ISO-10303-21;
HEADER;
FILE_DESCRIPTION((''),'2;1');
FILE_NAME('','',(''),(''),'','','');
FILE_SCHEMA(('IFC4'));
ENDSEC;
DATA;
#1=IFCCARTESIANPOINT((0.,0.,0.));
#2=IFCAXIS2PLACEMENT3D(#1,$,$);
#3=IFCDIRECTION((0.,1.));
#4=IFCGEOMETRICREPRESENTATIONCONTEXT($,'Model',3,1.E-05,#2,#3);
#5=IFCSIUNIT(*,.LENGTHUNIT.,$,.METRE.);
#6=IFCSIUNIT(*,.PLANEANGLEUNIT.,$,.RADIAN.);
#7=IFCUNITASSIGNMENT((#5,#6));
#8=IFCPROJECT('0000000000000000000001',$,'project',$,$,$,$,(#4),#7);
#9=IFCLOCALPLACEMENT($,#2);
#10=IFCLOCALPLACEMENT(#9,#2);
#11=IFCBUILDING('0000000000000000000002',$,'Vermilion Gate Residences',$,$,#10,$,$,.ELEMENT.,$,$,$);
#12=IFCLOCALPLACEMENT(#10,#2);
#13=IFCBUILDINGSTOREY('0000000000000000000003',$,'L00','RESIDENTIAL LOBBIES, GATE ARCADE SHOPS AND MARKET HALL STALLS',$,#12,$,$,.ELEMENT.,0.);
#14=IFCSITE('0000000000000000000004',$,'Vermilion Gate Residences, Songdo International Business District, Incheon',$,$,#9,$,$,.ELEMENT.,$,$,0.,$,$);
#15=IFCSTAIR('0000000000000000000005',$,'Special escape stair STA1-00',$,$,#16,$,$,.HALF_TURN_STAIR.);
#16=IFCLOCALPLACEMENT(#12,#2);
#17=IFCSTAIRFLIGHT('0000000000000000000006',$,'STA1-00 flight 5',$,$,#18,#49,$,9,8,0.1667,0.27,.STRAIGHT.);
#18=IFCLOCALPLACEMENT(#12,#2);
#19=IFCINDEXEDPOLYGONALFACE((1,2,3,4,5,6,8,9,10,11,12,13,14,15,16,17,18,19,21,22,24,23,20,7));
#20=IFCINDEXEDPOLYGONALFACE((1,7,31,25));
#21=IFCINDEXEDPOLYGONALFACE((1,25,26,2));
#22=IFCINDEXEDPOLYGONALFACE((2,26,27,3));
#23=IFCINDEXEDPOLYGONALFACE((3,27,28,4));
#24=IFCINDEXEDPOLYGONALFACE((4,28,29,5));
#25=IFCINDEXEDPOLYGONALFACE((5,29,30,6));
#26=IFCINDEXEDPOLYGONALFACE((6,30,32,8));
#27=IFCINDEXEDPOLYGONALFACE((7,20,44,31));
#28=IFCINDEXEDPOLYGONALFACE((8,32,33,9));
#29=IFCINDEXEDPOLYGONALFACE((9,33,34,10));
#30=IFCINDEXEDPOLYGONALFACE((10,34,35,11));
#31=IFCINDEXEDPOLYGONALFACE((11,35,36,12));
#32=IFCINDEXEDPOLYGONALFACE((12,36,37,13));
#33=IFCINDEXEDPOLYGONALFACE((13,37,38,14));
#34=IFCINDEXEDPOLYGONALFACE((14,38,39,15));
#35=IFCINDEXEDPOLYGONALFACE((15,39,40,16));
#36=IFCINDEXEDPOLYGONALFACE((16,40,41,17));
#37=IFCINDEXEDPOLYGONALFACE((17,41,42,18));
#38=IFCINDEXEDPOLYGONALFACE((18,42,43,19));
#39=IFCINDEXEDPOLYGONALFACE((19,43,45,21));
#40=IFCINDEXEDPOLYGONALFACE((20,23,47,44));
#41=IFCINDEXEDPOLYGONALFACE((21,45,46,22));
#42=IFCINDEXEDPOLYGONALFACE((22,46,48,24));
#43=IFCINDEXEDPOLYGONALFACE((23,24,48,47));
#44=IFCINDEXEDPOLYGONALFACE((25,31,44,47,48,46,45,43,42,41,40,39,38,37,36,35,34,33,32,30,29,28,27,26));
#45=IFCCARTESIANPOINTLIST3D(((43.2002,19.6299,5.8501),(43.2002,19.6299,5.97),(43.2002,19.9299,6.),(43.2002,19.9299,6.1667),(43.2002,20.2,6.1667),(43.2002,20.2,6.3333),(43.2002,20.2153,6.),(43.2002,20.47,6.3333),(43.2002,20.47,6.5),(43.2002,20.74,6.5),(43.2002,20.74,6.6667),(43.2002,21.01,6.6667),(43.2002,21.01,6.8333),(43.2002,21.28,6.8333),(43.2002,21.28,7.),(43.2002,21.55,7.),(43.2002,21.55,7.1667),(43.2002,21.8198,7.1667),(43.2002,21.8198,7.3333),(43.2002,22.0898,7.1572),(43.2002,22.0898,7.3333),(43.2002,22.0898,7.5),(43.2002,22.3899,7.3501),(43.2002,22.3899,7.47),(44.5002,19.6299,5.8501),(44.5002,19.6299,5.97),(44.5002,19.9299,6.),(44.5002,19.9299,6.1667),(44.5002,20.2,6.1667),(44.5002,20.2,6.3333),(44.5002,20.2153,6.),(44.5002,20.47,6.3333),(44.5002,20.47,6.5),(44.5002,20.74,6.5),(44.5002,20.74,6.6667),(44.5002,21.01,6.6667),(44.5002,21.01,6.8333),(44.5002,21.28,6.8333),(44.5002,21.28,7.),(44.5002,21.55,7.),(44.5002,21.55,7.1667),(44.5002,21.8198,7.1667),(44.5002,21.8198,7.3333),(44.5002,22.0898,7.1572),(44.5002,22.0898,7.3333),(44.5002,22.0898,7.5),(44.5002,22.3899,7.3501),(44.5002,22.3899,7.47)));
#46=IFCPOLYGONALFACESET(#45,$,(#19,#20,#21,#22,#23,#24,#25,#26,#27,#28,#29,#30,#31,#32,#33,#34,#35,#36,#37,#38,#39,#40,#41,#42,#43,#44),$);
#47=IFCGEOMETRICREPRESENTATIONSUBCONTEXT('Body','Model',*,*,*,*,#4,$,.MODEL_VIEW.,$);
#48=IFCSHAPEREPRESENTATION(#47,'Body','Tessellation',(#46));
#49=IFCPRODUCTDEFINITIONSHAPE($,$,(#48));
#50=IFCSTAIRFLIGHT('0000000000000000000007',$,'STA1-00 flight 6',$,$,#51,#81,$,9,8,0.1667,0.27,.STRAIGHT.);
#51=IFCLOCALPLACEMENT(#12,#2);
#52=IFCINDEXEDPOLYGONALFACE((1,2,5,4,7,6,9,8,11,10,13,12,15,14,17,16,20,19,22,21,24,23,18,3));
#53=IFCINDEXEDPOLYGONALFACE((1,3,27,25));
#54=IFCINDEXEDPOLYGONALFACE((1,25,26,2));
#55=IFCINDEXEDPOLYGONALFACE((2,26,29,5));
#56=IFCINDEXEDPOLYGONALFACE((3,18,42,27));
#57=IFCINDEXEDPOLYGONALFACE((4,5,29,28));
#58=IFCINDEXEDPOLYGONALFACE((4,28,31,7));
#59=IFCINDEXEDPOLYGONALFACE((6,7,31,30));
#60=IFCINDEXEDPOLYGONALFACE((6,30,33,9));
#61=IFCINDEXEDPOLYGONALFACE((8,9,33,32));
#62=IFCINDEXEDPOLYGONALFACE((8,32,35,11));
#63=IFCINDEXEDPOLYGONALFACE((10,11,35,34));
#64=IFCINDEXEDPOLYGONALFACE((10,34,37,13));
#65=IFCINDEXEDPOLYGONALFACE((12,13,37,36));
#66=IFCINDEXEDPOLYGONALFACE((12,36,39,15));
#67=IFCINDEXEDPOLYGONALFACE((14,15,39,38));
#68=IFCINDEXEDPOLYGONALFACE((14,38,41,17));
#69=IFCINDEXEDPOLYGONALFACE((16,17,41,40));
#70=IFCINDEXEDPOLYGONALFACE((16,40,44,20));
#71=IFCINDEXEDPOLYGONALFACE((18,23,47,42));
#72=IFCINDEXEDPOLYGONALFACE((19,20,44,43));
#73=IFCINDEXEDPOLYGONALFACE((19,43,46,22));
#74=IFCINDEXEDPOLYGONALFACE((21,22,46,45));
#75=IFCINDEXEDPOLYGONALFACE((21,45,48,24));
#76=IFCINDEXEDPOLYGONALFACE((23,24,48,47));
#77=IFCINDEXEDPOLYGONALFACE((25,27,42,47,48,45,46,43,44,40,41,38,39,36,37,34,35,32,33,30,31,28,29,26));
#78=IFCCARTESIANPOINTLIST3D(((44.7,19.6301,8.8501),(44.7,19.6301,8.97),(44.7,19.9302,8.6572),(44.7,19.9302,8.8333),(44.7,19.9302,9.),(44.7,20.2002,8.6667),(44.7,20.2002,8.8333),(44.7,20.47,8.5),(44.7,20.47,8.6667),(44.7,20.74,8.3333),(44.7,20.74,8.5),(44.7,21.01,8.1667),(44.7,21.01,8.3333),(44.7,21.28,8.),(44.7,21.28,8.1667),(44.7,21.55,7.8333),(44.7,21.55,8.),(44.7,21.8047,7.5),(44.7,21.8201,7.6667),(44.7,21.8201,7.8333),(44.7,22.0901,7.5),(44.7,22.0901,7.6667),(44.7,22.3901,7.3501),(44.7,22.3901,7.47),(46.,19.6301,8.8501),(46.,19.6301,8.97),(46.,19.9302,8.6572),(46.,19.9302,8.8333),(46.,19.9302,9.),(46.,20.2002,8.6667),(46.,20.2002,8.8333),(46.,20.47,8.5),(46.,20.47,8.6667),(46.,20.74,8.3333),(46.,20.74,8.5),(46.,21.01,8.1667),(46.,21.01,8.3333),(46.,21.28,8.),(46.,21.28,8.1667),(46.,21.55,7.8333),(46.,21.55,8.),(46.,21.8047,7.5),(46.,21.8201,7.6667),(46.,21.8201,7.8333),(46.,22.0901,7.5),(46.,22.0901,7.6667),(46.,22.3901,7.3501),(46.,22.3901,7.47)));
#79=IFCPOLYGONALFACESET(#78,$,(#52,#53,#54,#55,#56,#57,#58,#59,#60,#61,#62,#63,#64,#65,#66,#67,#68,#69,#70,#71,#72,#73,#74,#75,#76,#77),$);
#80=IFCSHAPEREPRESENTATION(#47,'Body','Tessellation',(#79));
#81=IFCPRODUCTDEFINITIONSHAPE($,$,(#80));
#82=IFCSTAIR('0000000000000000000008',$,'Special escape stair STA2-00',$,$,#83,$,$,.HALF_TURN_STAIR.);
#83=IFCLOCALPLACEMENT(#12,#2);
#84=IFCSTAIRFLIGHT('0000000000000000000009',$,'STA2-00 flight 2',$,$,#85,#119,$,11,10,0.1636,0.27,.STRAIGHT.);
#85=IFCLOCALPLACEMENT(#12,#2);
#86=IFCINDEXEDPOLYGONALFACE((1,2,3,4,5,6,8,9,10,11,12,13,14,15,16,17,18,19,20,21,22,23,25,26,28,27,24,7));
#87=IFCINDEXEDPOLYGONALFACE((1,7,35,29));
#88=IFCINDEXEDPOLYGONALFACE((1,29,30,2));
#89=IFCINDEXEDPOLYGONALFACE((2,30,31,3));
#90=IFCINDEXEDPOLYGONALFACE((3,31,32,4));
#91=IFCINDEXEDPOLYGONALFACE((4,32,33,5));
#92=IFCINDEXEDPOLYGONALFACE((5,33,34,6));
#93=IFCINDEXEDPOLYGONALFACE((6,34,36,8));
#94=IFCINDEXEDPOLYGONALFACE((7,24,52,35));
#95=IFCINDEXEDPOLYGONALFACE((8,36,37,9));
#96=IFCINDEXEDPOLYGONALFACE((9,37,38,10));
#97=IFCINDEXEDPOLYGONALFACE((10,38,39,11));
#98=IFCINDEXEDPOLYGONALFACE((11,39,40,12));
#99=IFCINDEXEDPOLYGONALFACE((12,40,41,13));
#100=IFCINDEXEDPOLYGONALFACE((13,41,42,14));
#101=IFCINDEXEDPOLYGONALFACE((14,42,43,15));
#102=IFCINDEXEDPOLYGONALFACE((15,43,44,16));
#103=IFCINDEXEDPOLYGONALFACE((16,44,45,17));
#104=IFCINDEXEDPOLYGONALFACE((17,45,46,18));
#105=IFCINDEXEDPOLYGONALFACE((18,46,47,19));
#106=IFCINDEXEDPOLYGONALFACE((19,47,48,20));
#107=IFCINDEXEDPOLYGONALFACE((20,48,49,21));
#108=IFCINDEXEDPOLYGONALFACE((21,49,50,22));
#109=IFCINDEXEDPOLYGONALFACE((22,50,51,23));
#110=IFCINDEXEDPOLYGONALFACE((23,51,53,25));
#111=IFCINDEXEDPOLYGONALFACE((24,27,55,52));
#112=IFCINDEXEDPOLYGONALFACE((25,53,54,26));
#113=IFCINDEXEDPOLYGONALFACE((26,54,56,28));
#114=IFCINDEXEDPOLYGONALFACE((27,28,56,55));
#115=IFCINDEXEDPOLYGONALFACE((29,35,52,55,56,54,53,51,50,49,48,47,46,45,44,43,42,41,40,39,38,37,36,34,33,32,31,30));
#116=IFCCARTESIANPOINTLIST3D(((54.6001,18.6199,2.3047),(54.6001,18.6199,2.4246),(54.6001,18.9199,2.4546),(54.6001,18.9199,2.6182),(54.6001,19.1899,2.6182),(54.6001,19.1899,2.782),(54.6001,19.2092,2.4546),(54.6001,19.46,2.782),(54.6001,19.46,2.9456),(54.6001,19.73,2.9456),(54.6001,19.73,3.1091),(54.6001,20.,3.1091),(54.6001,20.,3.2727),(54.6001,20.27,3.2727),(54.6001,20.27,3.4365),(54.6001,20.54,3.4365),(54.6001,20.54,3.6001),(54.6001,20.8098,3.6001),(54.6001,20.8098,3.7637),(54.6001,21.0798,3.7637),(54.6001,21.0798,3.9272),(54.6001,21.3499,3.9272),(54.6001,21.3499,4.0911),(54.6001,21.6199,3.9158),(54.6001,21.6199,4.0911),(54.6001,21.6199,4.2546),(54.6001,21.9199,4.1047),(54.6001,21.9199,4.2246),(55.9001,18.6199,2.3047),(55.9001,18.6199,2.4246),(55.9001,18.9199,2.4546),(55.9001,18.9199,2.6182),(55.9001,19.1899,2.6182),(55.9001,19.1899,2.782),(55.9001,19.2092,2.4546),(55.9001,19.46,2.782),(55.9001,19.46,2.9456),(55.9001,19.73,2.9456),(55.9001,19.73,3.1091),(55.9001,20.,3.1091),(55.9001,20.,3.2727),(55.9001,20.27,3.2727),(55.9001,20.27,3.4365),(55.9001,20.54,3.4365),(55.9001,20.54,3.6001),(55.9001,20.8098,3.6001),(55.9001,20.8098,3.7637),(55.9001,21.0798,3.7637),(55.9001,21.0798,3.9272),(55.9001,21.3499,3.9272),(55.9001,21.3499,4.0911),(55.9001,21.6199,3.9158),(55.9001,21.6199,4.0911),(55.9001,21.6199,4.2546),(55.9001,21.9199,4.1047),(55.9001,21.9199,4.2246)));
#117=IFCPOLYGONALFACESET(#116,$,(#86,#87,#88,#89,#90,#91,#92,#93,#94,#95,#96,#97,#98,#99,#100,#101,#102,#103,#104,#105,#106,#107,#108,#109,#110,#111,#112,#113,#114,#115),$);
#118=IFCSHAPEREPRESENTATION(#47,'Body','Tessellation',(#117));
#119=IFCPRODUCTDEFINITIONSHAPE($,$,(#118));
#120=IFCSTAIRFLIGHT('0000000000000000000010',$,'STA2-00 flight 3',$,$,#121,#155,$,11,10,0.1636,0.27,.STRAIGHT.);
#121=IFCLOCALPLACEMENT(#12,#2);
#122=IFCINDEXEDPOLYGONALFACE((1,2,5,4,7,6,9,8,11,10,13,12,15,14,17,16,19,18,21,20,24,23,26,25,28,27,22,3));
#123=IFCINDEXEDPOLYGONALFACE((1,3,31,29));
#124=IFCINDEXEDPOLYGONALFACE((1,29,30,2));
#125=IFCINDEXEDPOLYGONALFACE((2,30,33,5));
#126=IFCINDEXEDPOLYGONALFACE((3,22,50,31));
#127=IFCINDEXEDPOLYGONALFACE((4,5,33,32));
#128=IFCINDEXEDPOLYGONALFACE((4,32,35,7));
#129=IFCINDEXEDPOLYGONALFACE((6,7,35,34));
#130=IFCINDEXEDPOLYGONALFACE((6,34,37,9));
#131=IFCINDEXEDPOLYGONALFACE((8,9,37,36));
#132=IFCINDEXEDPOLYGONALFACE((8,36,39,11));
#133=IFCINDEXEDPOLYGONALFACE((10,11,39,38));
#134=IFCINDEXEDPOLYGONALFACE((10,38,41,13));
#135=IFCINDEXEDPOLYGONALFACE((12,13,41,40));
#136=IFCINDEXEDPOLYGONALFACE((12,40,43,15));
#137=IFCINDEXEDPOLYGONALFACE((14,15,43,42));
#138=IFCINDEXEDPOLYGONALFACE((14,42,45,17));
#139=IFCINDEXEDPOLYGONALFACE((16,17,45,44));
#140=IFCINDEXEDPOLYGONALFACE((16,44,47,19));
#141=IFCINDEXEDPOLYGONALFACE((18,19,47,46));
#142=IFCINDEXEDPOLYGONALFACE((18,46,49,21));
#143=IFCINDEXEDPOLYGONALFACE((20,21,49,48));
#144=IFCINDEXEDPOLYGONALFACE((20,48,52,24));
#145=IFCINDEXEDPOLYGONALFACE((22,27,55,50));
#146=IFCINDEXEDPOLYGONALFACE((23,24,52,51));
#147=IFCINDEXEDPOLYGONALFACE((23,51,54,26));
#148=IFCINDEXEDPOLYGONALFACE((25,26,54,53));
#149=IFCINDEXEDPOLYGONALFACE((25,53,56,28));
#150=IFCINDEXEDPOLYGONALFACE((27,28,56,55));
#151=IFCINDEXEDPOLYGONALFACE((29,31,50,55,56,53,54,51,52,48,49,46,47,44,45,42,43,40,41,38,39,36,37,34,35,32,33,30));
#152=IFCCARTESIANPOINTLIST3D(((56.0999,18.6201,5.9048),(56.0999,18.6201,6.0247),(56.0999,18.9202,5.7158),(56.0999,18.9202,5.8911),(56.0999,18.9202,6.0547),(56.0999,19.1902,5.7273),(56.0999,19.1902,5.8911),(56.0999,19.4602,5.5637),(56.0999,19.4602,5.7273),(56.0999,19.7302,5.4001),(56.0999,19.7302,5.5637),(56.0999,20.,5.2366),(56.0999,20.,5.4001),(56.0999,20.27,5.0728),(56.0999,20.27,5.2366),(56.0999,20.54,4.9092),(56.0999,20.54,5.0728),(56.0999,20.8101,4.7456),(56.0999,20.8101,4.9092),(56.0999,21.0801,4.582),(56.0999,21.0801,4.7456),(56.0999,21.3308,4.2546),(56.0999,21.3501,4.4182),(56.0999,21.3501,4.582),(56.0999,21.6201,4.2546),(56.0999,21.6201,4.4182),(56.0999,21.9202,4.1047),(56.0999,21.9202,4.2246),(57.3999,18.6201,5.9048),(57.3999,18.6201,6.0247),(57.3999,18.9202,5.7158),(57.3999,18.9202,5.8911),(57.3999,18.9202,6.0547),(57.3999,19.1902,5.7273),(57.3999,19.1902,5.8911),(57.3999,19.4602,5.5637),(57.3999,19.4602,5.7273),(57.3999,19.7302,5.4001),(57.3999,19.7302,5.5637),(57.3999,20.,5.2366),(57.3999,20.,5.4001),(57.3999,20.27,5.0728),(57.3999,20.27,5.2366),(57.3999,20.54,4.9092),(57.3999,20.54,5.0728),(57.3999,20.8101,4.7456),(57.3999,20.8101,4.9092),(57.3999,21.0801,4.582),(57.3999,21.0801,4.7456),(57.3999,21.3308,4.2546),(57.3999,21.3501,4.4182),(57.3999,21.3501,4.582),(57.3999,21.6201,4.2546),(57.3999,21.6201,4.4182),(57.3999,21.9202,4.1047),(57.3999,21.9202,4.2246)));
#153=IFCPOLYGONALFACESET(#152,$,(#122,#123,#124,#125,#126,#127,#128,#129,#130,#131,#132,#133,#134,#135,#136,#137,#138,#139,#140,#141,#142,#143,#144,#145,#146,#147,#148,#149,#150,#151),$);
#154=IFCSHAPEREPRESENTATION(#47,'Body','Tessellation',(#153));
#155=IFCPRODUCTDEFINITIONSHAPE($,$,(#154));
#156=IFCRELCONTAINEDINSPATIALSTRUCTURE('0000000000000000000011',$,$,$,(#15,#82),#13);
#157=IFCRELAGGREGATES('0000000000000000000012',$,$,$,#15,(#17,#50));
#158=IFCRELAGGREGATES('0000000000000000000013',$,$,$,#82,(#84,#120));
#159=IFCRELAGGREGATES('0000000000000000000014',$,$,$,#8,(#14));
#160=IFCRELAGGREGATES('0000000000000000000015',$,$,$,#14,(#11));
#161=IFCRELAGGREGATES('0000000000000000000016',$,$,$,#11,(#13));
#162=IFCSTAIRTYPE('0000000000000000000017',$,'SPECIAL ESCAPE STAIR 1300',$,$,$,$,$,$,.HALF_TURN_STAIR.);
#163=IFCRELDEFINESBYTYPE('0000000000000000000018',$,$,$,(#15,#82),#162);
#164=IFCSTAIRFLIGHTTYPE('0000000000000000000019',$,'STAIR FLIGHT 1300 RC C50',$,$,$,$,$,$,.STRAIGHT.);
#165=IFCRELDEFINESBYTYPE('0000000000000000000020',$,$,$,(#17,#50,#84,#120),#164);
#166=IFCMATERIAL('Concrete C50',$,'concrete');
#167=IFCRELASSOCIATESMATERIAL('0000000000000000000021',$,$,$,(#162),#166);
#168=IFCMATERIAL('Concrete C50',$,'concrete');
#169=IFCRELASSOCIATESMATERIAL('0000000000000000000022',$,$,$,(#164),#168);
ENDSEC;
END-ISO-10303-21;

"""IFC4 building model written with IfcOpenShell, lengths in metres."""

from ifc_helpers import new_model, si_unit, direction, frame, origin, place, context, subcontext, project, spatial, polyline, outline, extrude, material, type_object, element, aggregate, save


model = new_model("IFC4")

# Units and contexts
model_context = context("Model", 3, precision=1e-05, world=origin(), true_north=direction((0.0, 1.0)))
body_context = subcontext(model_context, "Body", "Model", "MODEL_VIEW")
ifc_project = project(units=[si_unit("LENGTHUNIT", "METRE"), si_unit("PLANEANGLEUNIT", "RADIAN")], contexts=[model_context])

# Site, building, storey
site_placement = place(None, origin())
site = spatial("IfcSite", under=ifc_project, at=site_placement, Name="Vermilion Gate Residences, Songdo International Business District, Incheon", CompositionType="ELEMENT", RefElevation=0.0)
building_placement = place(site_placement, origin())
building = spatial("IfcBuilding", under=site, at=building_placement, Name="Vermilion Gate Residences", CompositionType="ELEMENT")
storey_placement = place(building_placement, origin())
storey = spatial("IfcBuildingStorey", under=building, at=storey_placement, Name="L00", Description="RESIDENTIAL LOBBIES, GATE ARCADE SHOPS AND MARKET HALL STALLS", CompositionType="ELEMENT", Elevation=0.0)

# Stairs, stair flights
ifc_material_1 = material(Name="Concrete C50", Category="concrete")
stair_type = type_object("IfcStairType", Name="SPECIAL ESCAPE STAIR 1300", PredefinedType="HALF_TURN_STAIR", material=ifc_material_1)
stair_1_placement = place(storey_placement, origin())
stair_1 = element("IfcStair", 1, at=stair_1_placement, inside=storey, type_object=stair_type, Name="Special escape stair STA1-00", PredefinedType="HALF_TURN_STAIR")
ifc_material_2 = material(Name="Concrete C50", Category="concrete")
stair_flight_type = type_object("IfcStairFlightType", Name="STAIR FLIGHT 1300 RC C50", PredefinedType="STRAIGHT", material=ifc_material_2)
stair_flight_1_placement = place(storey_placement, frame((43.8501, 19.9299, 6.0), z_axis=(0.0, 0.0, 1.0), x_axis=(0.0, 1.0, 0.0)))
stair_flight_1 = element("IfcStairFlight", 2, at=stair_flight_1_placement, type_object=stair_flight_type, Name="STA1-00 flight 5", NumberOfRisers=9, NumberOfTreads=8, PredefinedType="STRAIGHT", RiserHeight=0.1667, TreadLength=0.27, context=body_context, shape_type="SweptSolid", body=[
    extrude(outline(polyline([(-0.3, -0.1499), (-0.3, -0.03), (0.0, 0.0), (0.0, 0.1667), (0.27, 0.1667), (0.27, 0.3333), (0.54, 0.3333), (0.54, 0.5), (0.8101, 0.5), (0.8101, 0.6667), (1.0801, 0.6667), (1.0801, 0.8333), (1.3501, 0.8333), (1.3501, 1.0), (1.6201, 1.0), (1.6201, 1.1667), (1.8899, 1.1667), (1.8899, 1.3333), (2.1599, 1.3333), (2.1599, 1.5), (2.46, 1.47), (2.46, 1.3501), (2.1599, 1.1572), (0.2854, 0.0), (-0.3, -0.1499)])), frame((0.0, 0.6499, 0.0), z_axis=(0.0, -1.0, 0.0), x_axis=(1.0, 0.0, 0.0)), (0.0, 0.0, 1.0), 1.3),
])
stair_flight_2_placement = place(storey_placement, frame((45.3501, 22.0901, 7.5), z_axis=(0.0, 0.0, 1.0), x_axis=(0.0, -1.0, 0.0)))
stair_flight_2 = element("IfcStairFlight", 3, at=stair_flight_2_placement, type_object=stair_flight_type, Name="STA1-00 flight 6", NumberOfRisers=9, NumberOfTreads=8, PredefinedType="STRAIGHT", RiserHeight=0.1667, TreadLength=0.27, context=body_context, shape_type="SweptSolid", body=[
    extrude(outline(polyline([(-0.3, -0.1499), (-0.3, -0.03), (0.0, 0.0), (0.0, 0.1667), (0.27, 0.1667), (0.27, 0.3333), (0.54, 0.3333), (0.54, 0.5), (0.8101, 0.5), (0.8101, 0.6667), (1.0801, 0.6667), (1.0801, 0.8333), (1.3501, 0.8333), (1.3501, 1.0), (1.6201, 1.0), (1.6201, 1.1667), (1.8899, 1.1667), (1.8899, 1.3333), (2.1599, 1.3333), (2.1599, 1.5), (2.46, 1.47), (2.46, 1.3501), (2.1599, 1.1572), (0.2854, 0.0), (-0.3, -0.1499)])), frame((0.0, 0.6499, 0.0), z_axis=(0.0, -1.0, 0.0), x_axis=(1.0, 0.0, 0.0)), (0.0, 0.0, 1.0), 1.3),
])
aggregate(stair_1, [stair_flight_1, stair_flight_2])
stair_2_placement = place(storey_placement, origin())
stair_2 = element("IfcStair", 4, at=stair_2_placement, inside=storey, type_object=stair_type, Name="Special escape stair STA2-00", PredefinedType="HALF_TURN_STAIR")
stair_flight_3_placement = place(storey_placement, frame((55.25, 18.9199, 2.4546), z_axis=(0.0, 0.0, 1.0), x_axis=(0.0, 1.0, 0.0)))
stair_flight_3 = element("IfcStairFlight", 5, at=stair_flight_3_placement, type_object=stair_flight_type, Name="STA2-00 flight 2", NumberOfRisers=11, NumberOfTreads=10, PredefinedType="STRAIGHT", RiserHeight=0.1636, TreadLength=0.27, context=body_context, shape_type="SweptSolid", body=[
    extrude(outline(polyline([(-0.3, -0.1499), (-0.3, -0.03), (0.0, 0.0), (0.0, 0.1636), (0.27, 0.1636), (0.27, 0.3274), (0.54, 0.3274), (0.54, 0.491), (0.8101, 0.491), (0.8101, 0.6545), (1.0801, 0.6545), (1.0801, 0.8181), (1.3501, 0.8181), (1.3501, 0.9819), (1.6201, 0.9819), (1.6201, 1.1455), (1.8899, 1.1455), (1.8899, 1.3091), (2.1599, 1.3091), (2.1599, 1.4727), (2.4299, 1.4727), (2.4299, 1.6365), (2.7, 1.6365), (2.7, 1.8), (3.0, 1.77), (3.0, 1.6501), (2.7, 1.4612), (0.2893, 0.0), (-0.3, -0.1499)])), frame((0.0, 0.6499, 0.0), z_axis=(0.0, -1.0, 0.0), x_axis=(1.0, 0.0, 0.0)), (0.0, 0.0, 1.0), 1.3),
])
stair_flight_4_placement = place(storey_placement, frame((56.75, 21.6201, 4.2546), z_axis=(0.0, 0.0, 1.0), x_axis=(0.0, -1.0, 0.0)))
stair_flight_4 = element("IfcStairFlight", 6, at=stair_flight_4_placement, type_object=stair_flight_type, Name="STA2-00 flight 3", NumberOfRisers=11, NumberOfTreads=10, PredefinedType="STRAIGHT", RiserHeight=0.1636, TreadLength=0.27, context=body_context, shape_type="SweptSolid", body=[
    extrude(outline(polyline([(-0.3, -0.1499), (-0.3, -0.03), (0.0, 0.0), (0.0, 0.1636), (0.27, 0.1636), (0.27, 0.3274), (0.54, 0.3274), (0.54, 0.491), (0.8101, 0.491), (0.8101, 0.6545), (1.0801, 0.6545), (1.0801, 0.8181), (1.3501, 0.8181), (1.3501, 0.9819), (1.6201, 0.9819), (1.6201, 1.1455), (1.8899, 1.1455), (1.8899, 1.3091), (2.1599, 1.3091), (2.1599, 1.4727), (2.4299, 1.4727), (2.4299, 1.6365), (2.7, 1.6365), (2.7, 1.8), (3.0, 1.77), (3.0, 1.6501), (2.7, 1.4612), (0.2893, 0.0), (-0.3, -0.1499)])), frame((0.0, 0.6499, 0.0), z_axis=(0.0, -1.0, 0.0), x_axis=(1.0, 0.0, 0.0)), (0.0, 0.0, 1.0), 1.3),
])
aggregate(stair_2, [stair_flight_3, stair_flight_4])

save(model, "model.ifc")
